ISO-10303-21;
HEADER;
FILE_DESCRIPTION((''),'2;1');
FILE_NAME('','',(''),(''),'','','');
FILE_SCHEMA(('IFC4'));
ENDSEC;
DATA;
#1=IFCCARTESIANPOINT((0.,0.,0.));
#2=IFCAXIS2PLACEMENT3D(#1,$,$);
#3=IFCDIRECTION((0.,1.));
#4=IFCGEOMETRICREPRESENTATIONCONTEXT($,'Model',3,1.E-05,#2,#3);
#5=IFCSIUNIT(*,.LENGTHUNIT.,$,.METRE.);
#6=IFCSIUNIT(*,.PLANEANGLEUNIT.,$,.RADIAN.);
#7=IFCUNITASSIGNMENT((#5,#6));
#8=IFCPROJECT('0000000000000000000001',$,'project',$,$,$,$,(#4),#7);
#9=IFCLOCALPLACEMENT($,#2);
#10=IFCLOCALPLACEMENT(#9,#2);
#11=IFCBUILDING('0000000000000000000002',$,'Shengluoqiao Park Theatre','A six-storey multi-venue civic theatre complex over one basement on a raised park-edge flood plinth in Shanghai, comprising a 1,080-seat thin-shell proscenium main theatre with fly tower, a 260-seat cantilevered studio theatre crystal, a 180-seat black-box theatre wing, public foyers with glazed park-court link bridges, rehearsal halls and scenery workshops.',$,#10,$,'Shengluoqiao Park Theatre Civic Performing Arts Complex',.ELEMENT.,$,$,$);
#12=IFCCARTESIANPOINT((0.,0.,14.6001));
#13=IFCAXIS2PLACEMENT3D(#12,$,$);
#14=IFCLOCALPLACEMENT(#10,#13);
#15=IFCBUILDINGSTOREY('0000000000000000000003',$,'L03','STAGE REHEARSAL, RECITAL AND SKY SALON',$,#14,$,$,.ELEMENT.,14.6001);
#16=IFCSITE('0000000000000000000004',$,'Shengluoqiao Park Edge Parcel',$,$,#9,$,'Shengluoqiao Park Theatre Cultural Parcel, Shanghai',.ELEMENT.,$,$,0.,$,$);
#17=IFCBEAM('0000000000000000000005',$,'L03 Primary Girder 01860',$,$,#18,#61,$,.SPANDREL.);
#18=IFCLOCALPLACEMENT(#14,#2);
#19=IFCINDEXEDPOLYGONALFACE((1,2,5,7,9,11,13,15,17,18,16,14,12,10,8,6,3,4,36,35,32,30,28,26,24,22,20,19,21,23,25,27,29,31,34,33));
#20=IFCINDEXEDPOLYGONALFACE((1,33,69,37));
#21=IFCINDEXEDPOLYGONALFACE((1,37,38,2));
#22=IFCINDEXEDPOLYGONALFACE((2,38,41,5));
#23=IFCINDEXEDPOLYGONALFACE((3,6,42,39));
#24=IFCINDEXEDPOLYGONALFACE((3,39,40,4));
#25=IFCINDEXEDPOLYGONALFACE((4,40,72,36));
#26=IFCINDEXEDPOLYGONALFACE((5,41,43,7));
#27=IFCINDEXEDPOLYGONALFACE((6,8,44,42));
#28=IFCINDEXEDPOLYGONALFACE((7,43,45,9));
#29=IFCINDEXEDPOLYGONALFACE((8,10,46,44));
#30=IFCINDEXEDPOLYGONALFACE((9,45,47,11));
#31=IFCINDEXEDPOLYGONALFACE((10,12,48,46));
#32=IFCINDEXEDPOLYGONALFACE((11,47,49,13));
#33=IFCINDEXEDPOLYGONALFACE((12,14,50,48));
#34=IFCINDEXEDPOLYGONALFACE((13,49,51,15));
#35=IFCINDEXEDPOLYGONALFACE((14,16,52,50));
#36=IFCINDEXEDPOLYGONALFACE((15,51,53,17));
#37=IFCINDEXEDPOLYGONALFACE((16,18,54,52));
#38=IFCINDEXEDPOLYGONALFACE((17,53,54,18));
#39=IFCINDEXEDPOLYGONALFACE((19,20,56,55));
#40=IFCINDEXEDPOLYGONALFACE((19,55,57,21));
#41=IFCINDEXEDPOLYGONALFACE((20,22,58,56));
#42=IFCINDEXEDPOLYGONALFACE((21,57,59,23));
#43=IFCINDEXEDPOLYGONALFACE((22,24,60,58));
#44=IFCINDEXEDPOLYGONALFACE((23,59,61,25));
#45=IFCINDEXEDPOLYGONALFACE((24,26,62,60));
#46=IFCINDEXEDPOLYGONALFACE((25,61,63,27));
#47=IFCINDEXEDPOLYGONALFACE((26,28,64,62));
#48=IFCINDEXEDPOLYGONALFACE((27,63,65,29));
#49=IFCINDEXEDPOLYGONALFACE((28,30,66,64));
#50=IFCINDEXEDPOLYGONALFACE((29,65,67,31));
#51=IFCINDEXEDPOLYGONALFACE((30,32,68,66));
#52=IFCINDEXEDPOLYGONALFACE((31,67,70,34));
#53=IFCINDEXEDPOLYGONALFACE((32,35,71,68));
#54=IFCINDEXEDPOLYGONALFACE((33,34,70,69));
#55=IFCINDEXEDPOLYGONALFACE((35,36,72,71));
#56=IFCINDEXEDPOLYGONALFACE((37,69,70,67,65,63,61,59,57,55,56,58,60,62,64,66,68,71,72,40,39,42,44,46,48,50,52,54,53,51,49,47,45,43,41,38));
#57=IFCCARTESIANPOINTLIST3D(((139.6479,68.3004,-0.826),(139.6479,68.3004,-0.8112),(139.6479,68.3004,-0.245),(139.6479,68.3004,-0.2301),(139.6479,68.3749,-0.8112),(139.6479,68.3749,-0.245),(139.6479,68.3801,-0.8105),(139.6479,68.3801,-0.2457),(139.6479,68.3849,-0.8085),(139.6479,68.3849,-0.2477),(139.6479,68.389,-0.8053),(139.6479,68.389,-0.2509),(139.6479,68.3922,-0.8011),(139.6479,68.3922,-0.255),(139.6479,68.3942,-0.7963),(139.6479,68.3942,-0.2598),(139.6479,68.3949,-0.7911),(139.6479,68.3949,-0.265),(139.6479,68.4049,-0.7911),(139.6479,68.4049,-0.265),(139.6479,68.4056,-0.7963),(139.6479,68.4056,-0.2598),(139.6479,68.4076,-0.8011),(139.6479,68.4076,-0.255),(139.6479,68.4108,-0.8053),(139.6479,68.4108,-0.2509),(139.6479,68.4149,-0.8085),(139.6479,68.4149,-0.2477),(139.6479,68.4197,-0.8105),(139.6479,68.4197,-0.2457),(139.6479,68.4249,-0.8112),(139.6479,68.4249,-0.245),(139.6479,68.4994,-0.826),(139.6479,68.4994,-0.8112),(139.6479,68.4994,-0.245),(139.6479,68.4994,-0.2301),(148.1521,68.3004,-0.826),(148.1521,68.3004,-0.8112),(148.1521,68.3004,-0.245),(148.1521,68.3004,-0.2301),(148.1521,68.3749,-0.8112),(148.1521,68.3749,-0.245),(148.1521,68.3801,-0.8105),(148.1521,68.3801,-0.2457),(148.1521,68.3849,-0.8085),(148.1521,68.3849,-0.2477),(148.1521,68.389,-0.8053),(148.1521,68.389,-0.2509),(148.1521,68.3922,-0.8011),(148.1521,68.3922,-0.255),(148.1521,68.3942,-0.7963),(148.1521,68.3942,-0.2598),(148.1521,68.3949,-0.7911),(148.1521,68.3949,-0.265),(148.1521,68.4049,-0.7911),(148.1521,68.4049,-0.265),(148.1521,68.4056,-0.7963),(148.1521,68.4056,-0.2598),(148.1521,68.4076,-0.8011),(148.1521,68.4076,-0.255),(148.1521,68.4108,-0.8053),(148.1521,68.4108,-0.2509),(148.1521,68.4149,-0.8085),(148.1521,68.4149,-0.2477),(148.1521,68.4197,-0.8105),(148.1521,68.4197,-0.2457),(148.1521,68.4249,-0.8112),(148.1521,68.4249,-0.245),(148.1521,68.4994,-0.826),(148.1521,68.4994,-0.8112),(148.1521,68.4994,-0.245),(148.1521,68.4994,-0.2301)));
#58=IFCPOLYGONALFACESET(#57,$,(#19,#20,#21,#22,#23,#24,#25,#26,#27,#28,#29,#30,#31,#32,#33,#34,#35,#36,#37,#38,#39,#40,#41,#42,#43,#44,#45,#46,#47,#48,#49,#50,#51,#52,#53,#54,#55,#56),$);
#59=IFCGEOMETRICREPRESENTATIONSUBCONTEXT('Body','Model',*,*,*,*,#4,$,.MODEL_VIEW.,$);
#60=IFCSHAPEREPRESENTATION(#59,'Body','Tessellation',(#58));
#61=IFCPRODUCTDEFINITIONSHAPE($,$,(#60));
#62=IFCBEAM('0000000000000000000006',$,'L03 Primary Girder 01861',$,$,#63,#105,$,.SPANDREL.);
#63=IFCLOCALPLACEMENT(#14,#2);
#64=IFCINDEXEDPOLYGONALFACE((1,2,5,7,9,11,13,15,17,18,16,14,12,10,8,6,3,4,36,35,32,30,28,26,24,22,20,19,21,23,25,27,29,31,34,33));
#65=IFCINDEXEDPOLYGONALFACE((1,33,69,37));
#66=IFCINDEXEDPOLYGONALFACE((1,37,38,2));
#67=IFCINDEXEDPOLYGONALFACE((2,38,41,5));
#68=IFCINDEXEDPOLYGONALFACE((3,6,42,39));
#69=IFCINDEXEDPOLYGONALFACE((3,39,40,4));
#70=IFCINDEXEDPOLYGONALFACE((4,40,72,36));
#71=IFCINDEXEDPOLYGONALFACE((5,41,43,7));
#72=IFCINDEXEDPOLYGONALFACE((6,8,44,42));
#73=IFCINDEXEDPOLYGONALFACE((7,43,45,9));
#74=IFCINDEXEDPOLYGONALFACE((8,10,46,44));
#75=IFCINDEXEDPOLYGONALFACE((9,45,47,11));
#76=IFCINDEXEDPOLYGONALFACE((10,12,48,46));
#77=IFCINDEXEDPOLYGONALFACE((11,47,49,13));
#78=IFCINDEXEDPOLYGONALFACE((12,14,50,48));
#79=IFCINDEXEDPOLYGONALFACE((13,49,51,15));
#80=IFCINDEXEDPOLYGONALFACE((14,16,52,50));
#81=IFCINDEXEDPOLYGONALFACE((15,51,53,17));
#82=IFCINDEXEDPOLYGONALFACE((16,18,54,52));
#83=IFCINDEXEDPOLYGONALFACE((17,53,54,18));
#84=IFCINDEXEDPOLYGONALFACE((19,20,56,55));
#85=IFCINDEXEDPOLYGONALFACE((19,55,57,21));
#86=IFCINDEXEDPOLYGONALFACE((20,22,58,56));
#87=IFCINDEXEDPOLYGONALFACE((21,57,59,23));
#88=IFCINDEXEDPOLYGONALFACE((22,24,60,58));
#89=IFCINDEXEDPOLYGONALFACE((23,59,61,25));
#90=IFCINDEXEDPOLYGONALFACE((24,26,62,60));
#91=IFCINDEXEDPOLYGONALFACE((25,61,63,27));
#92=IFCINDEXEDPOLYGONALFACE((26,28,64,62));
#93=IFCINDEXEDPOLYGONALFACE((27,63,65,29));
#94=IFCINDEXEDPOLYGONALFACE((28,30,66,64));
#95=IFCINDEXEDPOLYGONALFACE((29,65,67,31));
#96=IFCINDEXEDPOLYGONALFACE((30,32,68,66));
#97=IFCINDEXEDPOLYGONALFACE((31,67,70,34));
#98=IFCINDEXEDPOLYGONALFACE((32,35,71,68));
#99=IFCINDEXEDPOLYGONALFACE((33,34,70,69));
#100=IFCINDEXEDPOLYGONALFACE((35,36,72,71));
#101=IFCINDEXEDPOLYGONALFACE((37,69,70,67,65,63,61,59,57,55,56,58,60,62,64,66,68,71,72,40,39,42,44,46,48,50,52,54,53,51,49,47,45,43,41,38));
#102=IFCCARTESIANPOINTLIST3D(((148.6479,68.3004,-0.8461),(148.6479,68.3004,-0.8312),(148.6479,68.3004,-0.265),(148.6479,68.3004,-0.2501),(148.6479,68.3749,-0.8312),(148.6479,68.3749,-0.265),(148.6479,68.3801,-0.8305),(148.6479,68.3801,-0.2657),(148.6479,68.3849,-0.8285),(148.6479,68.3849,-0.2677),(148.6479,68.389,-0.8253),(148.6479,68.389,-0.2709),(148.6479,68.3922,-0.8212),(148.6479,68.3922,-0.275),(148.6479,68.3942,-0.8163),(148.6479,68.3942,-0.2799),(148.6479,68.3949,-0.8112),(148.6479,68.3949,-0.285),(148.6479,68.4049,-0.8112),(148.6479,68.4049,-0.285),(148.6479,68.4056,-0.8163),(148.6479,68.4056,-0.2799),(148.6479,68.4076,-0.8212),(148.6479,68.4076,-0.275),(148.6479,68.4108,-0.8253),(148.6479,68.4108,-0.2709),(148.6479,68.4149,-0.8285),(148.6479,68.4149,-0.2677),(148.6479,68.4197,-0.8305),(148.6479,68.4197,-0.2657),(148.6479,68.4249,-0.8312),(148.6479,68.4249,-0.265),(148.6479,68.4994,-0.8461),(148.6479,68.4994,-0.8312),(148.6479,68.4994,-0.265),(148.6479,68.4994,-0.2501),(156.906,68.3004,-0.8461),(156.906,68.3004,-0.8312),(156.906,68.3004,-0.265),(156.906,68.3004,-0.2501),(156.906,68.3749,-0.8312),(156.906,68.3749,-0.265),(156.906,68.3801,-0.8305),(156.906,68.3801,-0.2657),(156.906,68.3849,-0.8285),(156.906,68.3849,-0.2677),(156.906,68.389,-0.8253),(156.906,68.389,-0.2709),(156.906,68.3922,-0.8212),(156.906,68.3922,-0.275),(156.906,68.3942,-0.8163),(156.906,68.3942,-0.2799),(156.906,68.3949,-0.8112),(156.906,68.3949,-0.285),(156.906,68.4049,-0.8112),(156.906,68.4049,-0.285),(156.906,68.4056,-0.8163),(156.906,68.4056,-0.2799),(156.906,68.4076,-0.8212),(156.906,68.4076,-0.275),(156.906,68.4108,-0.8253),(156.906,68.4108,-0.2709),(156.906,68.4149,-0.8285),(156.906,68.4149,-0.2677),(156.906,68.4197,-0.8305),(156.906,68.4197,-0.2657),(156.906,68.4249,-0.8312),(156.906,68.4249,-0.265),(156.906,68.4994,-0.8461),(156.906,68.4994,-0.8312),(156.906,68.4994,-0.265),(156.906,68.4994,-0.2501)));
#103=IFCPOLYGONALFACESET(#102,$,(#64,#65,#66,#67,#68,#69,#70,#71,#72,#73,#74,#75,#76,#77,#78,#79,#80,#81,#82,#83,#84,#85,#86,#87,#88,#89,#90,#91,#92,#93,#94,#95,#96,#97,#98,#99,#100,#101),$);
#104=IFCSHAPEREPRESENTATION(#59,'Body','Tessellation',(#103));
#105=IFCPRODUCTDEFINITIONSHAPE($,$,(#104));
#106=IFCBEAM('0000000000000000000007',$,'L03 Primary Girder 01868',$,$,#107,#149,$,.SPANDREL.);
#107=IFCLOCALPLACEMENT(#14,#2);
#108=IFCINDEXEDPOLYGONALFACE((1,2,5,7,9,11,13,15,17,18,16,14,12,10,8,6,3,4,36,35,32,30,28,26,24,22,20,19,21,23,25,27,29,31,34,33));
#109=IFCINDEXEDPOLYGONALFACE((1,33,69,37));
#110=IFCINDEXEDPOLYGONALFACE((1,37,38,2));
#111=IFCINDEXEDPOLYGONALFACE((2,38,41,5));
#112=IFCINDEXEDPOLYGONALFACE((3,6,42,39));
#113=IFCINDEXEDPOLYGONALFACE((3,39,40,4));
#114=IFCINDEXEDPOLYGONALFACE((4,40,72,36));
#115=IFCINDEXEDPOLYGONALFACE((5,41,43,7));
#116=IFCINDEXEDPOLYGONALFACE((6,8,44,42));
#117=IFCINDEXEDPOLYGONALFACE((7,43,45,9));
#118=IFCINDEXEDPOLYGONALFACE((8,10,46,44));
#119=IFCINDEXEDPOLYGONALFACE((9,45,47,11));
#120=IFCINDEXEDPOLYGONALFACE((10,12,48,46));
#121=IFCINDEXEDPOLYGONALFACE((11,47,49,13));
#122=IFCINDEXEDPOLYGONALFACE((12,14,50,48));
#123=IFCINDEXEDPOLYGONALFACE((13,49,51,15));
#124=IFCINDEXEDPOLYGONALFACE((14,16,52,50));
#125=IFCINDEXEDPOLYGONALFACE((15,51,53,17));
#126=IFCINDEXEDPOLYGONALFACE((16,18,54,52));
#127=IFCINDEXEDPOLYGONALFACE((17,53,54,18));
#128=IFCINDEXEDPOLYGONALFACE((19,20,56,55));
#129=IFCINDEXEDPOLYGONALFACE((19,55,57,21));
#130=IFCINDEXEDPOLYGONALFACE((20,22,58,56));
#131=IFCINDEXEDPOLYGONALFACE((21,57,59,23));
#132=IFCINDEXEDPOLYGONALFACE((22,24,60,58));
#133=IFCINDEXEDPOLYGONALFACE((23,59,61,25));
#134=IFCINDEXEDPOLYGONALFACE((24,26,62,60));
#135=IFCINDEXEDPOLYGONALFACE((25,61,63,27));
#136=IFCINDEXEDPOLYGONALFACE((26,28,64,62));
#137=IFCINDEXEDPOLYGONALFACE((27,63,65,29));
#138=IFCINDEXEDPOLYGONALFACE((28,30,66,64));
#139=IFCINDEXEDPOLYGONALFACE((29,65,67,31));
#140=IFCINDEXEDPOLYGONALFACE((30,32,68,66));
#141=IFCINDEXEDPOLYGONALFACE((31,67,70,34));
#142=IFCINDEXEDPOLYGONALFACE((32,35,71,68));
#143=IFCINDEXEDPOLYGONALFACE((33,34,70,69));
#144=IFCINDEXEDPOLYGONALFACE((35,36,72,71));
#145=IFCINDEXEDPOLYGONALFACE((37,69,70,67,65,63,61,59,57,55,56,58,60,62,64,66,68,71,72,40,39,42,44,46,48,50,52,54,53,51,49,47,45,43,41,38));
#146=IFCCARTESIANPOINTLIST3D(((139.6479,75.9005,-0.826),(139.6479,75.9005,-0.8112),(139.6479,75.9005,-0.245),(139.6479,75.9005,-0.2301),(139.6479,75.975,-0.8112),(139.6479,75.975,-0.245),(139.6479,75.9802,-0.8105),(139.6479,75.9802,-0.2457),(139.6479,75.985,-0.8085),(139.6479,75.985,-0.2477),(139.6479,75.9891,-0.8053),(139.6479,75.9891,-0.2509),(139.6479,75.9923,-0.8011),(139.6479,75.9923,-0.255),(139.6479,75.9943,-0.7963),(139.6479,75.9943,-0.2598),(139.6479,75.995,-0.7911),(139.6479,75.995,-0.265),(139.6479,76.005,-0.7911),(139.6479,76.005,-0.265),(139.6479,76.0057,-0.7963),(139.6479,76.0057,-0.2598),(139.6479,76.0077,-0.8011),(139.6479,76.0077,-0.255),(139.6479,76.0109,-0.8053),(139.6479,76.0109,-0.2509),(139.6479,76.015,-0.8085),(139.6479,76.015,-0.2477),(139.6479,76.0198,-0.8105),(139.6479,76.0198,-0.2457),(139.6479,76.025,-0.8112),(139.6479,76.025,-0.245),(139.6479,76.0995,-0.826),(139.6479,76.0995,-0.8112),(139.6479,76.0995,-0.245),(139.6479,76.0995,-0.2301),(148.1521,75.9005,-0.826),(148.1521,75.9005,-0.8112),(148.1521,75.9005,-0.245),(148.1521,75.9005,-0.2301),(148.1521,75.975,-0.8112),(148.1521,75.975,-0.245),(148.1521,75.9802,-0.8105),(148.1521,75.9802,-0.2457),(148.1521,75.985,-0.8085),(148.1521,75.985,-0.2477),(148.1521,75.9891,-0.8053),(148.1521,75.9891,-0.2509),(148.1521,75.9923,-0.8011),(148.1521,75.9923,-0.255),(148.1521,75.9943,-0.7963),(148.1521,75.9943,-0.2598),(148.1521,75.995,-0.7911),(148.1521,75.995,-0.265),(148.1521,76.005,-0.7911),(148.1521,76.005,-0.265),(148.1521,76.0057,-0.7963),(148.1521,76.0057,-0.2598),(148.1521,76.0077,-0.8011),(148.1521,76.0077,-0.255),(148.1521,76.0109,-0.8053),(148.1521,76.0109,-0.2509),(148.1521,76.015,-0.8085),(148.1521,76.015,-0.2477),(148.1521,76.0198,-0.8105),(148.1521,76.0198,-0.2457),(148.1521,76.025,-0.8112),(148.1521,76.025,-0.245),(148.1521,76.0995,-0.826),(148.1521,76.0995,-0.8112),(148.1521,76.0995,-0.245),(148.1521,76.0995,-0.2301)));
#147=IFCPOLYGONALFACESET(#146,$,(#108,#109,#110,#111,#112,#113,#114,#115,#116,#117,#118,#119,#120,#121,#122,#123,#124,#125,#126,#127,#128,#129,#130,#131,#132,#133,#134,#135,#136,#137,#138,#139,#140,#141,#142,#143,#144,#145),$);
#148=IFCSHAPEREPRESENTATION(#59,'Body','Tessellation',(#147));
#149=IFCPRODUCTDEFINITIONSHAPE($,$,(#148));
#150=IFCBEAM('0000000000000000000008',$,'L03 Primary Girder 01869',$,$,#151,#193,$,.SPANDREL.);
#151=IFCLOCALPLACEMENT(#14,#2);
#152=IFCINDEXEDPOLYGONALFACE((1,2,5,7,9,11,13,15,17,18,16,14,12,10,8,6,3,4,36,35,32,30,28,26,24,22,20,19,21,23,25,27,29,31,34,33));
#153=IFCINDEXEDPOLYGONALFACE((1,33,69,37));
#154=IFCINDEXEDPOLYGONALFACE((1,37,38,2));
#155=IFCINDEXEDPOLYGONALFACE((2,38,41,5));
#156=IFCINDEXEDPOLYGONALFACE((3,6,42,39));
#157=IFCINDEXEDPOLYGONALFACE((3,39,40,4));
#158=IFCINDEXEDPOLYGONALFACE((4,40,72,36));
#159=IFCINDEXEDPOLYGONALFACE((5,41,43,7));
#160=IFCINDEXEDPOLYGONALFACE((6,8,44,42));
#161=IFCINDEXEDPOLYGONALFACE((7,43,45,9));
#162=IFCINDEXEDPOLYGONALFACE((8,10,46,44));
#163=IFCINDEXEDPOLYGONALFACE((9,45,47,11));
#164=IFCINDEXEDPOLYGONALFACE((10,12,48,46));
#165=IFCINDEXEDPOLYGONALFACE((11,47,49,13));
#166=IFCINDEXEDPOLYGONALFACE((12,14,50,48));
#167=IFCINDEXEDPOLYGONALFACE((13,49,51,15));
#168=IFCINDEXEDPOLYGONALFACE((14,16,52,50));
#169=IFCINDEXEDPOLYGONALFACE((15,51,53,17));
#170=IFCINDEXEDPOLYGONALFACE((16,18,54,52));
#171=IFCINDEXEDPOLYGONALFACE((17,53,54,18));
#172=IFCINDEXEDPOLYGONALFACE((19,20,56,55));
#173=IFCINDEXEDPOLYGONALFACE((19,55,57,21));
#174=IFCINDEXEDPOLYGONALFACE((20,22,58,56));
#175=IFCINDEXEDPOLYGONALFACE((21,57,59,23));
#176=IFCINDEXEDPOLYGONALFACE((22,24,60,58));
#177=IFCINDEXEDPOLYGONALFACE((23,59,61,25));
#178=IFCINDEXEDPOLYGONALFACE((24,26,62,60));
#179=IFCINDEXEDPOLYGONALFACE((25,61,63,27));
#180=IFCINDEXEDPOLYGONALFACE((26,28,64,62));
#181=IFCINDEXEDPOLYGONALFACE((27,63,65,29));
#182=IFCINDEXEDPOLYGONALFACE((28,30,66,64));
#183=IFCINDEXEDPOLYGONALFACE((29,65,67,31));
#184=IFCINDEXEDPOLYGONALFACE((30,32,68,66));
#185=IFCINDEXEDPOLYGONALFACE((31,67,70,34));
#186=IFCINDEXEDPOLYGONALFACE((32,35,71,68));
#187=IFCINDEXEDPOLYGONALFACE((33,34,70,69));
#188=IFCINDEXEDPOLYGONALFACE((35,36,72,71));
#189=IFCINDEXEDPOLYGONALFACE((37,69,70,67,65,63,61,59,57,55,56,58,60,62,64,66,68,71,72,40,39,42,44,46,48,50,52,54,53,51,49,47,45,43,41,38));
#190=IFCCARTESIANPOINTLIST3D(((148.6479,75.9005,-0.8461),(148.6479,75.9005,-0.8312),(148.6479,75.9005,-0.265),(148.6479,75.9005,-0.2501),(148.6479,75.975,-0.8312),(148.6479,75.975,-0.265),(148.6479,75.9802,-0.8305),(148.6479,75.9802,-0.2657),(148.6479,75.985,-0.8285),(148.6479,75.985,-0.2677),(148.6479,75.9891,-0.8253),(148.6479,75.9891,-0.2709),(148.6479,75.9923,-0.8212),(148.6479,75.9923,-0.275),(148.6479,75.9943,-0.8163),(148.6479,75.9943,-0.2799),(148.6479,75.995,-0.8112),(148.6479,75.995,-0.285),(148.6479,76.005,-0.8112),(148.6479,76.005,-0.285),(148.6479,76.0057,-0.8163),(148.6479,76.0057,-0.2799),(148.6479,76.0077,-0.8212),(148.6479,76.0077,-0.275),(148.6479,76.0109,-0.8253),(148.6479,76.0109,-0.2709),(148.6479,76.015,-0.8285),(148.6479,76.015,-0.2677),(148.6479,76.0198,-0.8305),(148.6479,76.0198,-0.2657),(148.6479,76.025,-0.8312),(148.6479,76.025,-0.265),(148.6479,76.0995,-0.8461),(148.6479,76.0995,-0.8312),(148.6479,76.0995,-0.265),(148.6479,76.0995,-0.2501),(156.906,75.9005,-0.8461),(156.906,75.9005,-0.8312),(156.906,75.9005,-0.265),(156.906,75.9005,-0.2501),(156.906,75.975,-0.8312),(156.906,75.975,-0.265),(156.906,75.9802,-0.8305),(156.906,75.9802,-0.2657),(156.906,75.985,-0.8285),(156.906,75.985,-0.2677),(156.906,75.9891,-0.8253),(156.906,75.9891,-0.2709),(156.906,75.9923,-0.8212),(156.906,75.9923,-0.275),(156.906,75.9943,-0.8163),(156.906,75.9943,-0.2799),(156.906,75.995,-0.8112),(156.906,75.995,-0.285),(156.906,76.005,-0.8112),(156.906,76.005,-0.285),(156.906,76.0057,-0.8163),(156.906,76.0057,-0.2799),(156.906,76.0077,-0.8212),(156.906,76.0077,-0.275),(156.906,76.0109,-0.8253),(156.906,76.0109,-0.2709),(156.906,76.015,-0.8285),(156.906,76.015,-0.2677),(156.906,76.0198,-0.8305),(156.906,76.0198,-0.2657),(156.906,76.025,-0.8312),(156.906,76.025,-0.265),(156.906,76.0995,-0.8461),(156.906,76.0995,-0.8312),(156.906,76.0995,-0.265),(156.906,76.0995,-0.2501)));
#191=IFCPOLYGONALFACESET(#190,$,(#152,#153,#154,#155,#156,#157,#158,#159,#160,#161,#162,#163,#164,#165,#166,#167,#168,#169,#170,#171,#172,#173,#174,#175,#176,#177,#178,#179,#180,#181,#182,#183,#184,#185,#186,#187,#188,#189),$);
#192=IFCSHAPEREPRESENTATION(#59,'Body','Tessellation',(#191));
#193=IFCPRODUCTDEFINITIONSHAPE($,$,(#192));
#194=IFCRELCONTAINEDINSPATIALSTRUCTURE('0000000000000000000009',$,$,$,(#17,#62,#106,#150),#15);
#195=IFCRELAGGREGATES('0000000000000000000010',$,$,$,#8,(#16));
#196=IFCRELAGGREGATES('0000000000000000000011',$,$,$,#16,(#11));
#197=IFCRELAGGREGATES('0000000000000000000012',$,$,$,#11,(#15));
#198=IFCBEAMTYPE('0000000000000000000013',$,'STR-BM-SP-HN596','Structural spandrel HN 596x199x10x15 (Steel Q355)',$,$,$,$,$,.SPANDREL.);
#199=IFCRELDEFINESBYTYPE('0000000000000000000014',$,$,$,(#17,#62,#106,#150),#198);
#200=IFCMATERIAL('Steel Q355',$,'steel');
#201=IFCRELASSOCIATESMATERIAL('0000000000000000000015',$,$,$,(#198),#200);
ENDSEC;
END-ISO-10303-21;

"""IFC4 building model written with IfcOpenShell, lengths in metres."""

from ifc_helpers import new_model, si_unit, direction, frame, origin, origin_2d, place, context, subcontext, project, spatial, i_section, extrude, material, material_profile, profile_set, type_object, element, save


model = new_model("IFC4")

# Units and contexts
model_context = context("Model", 3, precision=1e-05, world=origin(), true_north=direction((0.0, 1.0)))
body_context = subcontext(model_context, "Body", "Model", "MODEL_VIEW")
ifc_project = project(units=[si_unit("LENGTHUNIT", "METRE"), si_unit("PLANEANGLEUNIT", "RADIAN")], contexts=[model_context])

# Site, building, storey
site_placement = place(None, origin())
site = spatial("IfcSite", under=ifc_project, at=site_placement, Name="Shengluoqiao Park Edge Parcel", LongName="Shengluoqiao Park Theatre Cultural Parcel, Shanghai", CompositionType="ELEMENT", RefElevation=0.0)
building_placement = place(site_placement, origin())
building = spatial("IfcBuilding", under=site, at=building_placement, Name="Shengluoqiao Park Theatre", Description="A six-storey multi-venue civic theatre complex over one basement on a raised park-edge flood plinth in Shanghai, comprising a 1,080-seat thin-shell proscenium main theatre with fly tower, a 260-seat cantilevered studio theatre crystal, a 180-seat black-box theatre wing, public foyers with glazed park-court link bridges, rehearsal halls and scenery workshops.", LongName="Shengluoqiao Park Theatre Civic Performing Arts Complex", CompositionType="ELEMENT")
storey_placement = place(building_placement, frame((0.0, 0.0, 14.6001)))
storey = spatial("IfcBuildingStorey", under=building, at=storey_placement, Name="L03", Description="STAGE REHEARSAL, RECITAL AND SKY SALON", CompositionType="ELEMENT", Elevation=14.6001)

# Beams
ifc_material = material(Name="Steel Q355", Category="steel")
ifc_material_profile_1 = material_profile(ifc_material, i_section(OverallWidth=0.199, OverallDepth=0.5959, WebThickness=0.01, FlangeThickness=0.0149, FilletRadius=0.02, at=origin_2d()), Name="HN 596x199x10x15")
ifc_profile_set_1 = profile_set([ifc_material_profile_1], Name="Steel Q355")
beam_type_1 = type_object("IfcBeamType", Name="STR-BM-SP-HN596", Description="Structural spandrel HN 596x199x10x15 (Steel Q355)", PredefinedType="SPANDREL", material=ifc_profile_set_1)
beam_1_placement = place(storey_placement, frame((139.6479, 68.3999, -0.5281), z_axis=(1.0, 0.0, 0.0), x_axis=(0.0, 1.0, 0.0)))
element("IfcBeam", 1, at=beam_1_placement, inside=storey, type_object=beam_type_1, Name="L03 Primary Girder 01860", PredefinedType="SPANDREL", context=body_context, shape_type="SweptSolid", body=[
    extrude(i_section(OverallWidth=0.199, OverallDepth=0.5959, WebThickness=0.01, FlangeThickness=0.0149, FilletRadius=0.02, at=origin_2d()), origin(), (0.0, 0.0, 1.0), 8.5042),
])
beam_2_placement = place(storey_placement, frame((148.6479, 68.3999, -0.5481), z_axis=(1.0, 0.0, 0.0), x_axis=(0.0, 1.0, 0.0)))
element("IfcBeam", 2, at=beam_2_placement, inside=storey, type_object=beam_type_1, Name="L03 Primary Girder 01861", PredefinedType="SPANDREL", context=body_context, shape_type="SweptSolid", body=[
    extrude(i_section(OverallWidth=0.199, OverallDepth=0.5959, WebThickness=0.01, FlangeThickness=0.0149, FilletRadius=0.02, at=origin_2d()), origin(), (0.0, 0.0, 1.0), 8.2581),
])
beam_3_placement = place(storey_placement, frame((139.6479, 76.0, -0.5281), z_axis=(1.0, 0.0, 0.0), x_axis=(0.0, 1.0, 0.0)))
element("IfcBeam", 3, at=beam_3_placement, inside=storey, type_object=beam_type_1, Name="L03 Primary Girder 01868", PredefinedType="SPANDREL", context=body_context, shape_type="SweptSolid", body=[
    extrude(i_section(OverallWidth=0.199, OverallDepth=0.5959, WebThickness=0.01, FlangeThickness=0.0149, FilletRadius=0.02, at=origin_2d()), origin(), (0.0, 0.0, 1.0), 8.5042),
])
beam_4_placement = place(storey_placement, frame((148.6479, 76.0, -0.5481), z_axis=(1.0, 0.0, 0.0), x_axis=(0.0, 1.0, 0.0)))
element("IfcBeam", 4, at=beam_4_placement, inside=storey, type_object=beam_type_1, Name="L03 Primary Girder 01869", PredefinedType="SPANDREL", context=body_context, shape_type="SweptSolid", body=[
    extrude(i_section(OverallWidth=0.199, OverallDepth=0.5959, WebThickness=0.01, FlangeThickness=0.0149, FilletRadius=0.02, at=origin_2d()), origin(), (0.0, 0.0, 1.0), 8.2581),
])

save(model, "model.ifc")
